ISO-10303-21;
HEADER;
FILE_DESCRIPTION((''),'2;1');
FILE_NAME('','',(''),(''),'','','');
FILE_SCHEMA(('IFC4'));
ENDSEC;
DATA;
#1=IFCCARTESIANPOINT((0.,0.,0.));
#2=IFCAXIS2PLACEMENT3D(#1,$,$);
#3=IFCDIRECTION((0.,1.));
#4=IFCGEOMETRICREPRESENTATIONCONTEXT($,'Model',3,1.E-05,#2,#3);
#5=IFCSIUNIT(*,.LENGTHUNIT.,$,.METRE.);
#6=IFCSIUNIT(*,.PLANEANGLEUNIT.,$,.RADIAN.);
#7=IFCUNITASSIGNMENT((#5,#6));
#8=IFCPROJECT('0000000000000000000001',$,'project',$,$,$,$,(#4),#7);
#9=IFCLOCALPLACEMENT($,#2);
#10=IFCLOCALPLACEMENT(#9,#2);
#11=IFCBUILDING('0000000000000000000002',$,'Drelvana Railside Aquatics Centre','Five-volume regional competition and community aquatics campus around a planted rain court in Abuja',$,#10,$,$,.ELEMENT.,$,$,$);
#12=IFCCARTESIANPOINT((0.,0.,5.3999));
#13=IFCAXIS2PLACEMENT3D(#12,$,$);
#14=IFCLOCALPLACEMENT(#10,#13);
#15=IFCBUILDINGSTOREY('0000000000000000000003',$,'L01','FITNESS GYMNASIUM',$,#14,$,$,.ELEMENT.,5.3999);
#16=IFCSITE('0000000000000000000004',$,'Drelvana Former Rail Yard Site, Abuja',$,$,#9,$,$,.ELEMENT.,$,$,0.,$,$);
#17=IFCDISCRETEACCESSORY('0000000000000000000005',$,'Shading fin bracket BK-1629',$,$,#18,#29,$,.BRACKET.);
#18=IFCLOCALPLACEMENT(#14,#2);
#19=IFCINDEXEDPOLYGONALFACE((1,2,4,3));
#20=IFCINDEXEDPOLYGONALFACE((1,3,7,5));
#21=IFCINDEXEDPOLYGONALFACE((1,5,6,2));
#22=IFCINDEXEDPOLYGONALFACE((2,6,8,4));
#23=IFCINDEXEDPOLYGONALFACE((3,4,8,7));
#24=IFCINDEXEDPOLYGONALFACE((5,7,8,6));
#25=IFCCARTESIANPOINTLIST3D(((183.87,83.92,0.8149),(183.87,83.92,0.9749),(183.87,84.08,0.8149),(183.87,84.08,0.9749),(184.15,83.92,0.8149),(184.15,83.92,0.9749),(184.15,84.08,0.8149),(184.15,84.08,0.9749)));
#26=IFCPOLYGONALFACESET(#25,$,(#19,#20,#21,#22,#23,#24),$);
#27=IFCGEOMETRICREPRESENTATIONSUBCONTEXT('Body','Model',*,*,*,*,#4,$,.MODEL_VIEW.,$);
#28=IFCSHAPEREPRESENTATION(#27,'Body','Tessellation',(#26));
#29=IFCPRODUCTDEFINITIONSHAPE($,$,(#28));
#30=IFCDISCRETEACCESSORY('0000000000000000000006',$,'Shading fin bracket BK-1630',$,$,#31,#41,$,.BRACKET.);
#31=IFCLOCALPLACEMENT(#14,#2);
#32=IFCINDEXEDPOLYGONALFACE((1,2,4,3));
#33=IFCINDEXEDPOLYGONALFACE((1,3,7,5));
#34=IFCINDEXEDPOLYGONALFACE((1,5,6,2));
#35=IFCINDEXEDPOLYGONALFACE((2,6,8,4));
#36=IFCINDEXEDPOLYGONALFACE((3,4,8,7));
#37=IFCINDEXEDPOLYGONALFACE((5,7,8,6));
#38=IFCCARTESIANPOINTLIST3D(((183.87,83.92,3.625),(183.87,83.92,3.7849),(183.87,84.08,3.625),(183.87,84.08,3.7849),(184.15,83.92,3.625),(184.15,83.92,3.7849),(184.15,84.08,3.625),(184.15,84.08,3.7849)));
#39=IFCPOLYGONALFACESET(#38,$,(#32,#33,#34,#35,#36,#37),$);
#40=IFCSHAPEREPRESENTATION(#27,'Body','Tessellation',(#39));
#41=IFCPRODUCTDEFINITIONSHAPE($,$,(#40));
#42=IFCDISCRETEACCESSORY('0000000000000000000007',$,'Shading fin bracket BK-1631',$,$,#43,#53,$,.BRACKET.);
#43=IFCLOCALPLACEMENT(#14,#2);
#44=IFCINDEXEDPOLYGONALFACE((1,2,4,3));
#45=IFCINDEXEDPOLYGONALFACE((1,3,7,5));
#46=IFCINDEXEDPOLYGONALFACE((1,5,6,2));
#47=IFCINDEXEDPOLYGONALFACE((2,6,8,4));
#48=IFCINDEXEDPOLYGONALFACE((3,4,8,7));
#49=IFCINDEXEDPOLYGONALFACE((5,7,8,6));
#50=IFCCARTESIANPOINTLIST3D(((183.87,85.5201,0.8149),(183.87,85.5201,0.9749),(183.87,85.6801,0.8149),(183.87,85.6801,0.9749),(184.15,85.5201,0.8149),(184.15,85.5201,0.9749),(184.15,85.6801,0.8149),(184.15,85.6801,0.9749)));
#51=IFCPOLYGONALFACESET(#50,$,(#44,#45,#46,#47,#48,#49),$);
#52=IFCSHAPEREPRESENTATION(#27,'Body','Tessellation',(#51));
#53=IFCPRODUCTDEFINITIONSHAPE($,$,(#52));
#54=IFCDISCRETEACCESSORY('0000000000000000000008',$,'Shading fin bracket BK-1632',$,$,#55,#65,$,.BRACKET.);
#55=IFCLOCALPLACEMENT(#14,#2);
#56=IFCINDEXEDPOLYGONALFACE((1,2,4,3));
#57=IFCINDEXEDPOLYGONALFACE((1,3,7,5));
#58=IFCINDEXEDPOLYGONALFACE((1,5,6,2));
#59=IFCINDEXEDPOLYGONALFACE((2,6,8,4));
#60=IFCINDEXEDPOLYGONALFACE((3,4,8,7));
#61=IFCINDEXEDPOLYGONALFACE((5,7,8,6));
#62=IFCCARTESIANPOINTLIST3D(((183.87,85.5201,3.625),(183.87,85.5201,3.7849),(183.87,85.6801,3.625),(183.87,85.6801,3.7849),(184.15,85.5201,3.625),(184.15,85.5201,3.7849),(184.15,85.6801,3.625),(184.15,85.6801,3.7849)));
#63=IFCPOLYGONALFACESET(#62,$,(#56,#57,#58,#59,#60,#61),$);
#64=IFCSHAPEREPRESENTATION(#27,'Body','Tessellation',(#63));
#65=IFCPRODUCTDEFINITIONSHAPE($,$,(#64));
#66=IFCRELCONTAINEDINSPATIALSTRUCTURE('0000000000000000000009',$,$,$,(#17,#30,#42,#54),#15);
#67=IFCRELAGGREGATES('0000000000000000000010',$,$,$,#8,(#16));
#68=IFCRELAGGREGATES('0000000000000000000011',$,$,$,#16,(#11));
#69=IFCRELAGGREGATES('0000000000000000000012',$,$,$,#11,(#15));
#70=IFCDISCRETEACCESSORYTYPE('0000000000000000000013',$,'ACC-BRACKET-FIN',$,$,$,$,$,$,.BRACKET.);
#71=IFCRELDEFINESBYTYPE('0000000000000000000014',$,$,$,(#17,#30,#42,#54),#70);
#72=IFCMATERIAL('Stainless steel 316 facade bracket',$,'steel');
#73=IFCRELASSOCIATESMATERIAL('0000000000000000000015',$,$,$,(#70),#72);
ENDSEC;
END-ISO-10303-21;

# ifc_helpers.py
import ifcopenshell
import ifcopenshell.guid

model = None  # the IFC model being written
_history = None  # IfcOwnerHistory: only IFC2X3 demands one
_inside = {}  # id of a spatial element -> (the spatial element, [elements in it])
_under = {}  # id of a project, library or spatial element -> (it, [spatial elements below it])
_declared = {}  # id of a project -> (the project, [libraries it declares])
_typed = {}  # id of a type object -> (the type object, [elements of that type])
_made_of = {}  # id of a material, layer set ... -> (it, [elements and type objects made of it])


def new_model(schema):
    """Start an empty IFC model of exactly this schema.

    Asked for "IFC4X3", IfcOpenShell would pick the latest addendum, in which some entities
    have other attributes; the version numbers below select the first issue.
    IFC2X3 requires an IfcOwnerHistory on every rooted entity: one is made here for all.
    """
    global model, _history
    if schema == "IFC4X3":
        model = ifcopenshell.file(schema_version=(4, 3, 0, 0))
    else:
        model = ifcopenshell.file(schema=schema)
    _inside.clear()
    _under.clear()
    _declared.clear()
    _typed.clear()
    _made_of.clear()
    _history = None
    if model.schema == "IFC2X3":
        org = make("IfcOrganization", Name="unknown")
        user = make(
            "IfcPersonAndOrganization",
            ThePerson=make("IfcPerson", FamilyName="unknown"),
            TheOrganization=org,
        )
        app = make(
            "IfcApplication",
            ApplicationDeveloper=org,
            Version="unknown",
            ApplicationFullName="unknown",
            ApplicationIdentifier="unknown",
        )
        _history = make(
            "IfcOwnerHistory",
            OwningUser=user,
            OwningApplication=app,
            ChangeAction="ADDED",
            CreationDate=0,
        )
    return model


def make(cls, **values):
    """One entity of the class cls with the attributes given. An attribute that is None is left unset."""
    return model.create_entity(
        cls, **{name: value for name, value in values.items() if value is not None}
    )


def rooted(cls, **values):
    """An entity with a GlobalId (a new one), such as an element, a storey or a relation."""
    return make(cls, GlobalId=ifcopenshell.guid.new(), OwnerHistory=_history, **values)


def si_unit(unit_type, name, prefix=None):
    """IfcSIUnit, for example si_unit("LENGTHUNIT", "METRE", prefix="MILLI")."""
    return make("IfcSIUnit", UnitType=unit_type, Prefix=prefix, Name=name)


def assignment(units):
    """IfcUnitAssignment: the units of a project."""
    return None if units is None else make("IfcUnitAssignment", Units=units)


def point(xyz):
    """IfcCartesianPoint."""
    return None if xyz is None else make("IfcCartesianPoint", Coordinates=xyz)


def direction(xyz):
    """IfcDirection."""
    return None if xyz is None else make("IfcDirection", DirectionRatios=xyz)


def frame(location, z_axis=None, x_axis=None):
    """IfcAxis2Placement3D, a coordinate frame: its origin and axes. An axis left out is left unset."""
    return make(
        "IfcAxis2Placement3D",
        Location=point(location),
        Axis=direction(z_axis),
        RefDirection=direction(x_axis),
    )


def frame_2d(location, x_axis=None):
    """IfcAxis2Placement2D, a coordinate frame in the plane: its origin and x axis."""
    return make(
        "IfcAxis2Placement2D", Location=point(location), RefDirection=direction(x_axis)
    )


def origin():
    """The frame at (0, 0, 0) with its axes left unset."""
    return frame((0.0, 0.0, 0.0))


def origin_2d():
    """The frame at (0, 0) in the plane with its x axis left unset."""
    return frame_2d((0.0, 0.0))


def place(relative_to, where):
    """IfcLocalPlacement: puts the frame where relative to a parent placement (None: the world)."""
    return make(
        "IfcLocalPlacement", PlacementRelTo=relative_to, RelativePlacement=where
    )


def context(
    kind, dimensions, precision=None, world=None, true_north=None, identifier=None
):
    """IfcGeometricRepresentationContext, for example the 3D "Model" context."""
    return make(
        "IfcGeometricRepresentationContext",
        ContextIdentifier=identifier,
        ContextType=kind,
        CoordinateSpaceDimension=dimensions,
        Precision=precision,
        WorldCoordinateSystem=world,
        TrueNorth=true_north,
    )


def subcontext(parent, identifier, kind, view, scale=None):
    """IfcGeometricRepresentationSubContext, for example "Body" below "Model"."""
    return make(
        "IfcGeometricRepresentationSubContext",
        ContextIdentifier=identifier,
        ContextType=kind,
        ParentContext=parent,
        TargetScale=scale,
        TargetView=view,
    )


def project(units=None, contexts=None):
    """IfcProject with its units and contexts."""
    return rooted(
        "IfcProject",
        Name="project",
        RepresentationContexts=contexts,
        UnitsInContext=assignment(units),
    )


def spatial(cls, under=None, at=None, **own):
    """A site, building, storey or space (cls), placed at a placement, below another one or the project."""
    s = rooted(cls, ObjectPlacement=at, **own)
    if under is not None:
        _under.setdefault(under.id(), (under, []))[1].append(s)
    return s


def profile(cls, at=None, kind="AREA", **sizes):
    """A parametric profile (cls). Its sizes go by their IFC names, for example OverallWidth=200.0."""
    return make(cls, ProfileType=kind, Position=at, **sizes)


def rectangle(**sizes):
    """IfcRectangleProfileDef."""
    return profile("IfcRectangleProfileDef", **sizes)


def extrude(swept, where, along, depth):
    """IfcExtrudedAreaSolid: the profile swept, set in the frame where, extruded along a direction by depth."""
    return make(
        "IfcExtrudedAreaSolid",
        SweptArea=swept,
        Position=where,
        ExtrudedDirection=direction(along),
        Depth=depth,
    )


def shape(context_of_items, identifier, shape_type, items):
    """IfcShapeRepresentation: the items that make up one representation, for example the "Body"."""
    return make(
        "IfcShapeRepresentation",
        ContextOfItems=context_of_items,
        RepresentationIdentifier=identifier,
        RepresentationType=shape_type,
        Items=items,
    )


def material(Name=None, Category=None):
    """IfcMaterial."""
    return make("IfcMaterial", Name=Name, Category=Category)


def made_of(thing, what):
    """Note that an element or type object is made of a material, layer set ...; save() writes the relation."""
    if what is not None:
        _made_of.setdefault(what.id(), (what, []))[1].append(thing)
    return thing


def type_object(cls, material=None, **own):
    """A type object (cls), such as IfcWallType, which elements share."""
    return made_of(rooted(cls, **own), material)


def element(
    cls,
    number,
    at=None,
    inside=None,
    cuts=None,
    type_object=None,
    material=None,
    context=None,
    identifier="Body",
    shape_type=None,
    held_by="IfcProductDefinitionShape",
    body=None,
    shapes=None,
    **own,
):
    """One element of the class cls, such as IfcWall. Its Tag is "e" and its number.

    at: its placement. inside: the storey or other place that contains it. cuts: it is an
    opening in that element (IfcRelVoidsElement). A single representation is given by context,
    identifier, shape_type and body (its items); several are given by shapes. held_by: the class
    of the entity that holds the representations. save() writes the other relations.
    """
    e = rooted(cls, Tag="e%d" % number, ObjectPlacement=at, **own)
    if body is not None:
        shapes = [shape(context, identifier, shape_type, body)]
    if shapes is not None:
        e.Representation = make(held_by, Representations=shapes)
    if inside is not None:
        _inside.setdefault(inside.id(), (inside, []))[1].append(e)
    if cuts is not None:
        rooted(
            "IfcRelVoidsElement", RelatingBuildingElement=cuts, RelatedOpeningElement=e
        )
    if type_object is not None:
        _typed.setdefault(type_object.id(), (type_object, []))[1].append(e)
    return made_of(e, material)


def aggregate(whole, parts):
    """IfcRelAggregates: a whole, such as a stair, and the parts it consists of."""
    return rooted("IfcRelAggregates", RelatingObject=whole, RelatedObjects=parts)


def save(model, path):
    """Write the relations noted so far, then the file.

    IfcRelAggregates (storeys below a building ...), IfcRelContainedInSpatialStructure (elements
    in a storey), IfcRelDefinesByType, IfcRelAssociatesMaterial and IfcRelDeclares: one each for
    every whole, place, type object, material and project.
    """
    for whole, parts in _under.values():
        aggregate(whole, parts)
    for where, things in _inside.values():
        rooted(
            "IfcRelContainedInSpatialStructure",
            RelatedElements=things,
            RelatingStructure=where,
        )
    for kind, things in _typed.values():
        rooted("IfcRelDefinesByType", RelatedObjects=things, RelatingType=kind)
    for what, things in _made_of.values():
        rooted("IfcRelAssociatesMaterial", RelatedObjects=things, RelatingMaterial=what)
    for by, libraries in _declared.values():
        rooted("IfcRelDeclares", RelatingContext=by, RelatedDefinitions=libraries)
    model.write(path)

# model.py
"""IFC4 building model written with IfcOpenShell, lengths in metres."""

from ifc_helpers import new_model, si_unit, direction, frame, origin, origin_2d, place, context, subcontext, project, spatial, rectangle, extrude, material, type_object, element, save


model = new_model("IFC4")

# Units and contexts
model_context = context("Model", 3, precision=1e-05, world=origin(), true_north=direction((0.0, 1.0)))
body_context = subcontext(model_context, "Body", "Model", "MODEL_VIEW")
ifc_project = project(units=[si_unit("LENGTHUNIT", "METRE"), si_unit("PLANEANGLEUNIT", "RADIAN")], contexts=[model_context])

# Site, building, storey
site_placement = place(None, origin())
site = spatial("IfcSite", under=ifc_project, at=site_placement, Name="Drelvana Former Rail Yard Site, Abuja", CompositionType="ELEMENT", RefElevation=0.0)
building_placement = place(site_placement, origin())
building = spatial("IfcBuilding", under=site, at=building_placement, Name="Drelvana Railside Aquatics Centre", Description="Five-volume regional competition and community aquatics campus around a planted rain court in Abuja", CompositionType="ELEMENT")
storey_placement = place(building_placement, frame((0.0, 0.0, 5.3999)))
storey = spatial("IfcBuildingStorey", under=building, at=storey_placement, Name="L01", Description="FITNESS GYMNASIUM", CompositionType="ELEMENT", Elevation=5.3999)

# Discrete accessories
ifc_material_1 = material(Name="Stainless steel 316 facade bracket", Category="steel")
discrete_accessory_type = type_object("IfcDiscreteAccessoryType", Name="ACC-BRACKET-FIN", PredefinedType="BRACKET", material=ifc_material_1)
for number, where, z_axis, x_axis, name in (
    (1, (184.01, 84.0, 0.8149), (0.0, 0.0, 1.0), (1.0, 0.0, 0.0), "Shading fin bracket BK-1629"),
    (2, (184.01, 84.0, 3.625), (0.0, 0.0, 1.0), (1.0, 0.0, 0.0), "Shading fin bracket BK-1630"),
    (3, (184.01, 85.6001, 0.8149), (0.0, 0.0, 1.0), (1.0, 0.0, 0.0), "Shading fin bracket BK-1631"),
    (4, (184.01, 85.6001, 3.625), (0.0, 0.0, 1.0), (1.0, 0.0, 0.0), "Shading fin bracket BK-1632"),
):
    element("IfcDiscreteAccessory", number, at=place(storey_placement, frame(where, z_axis=z_axis, x_axis=x_axis)), inside=storey, type_object=discrete_accessory_type, Name=name, PredefinedType="BRACKET", context=body_context, shape_type="SweptSolid", body=[
        extrude(rectangle(XDim=0.28, YDim=0.1599, at=origin_2d()), origin(), (0.0, 0.0, 1.0), 0.1599),
    ])

save(model, "model.ifc")
